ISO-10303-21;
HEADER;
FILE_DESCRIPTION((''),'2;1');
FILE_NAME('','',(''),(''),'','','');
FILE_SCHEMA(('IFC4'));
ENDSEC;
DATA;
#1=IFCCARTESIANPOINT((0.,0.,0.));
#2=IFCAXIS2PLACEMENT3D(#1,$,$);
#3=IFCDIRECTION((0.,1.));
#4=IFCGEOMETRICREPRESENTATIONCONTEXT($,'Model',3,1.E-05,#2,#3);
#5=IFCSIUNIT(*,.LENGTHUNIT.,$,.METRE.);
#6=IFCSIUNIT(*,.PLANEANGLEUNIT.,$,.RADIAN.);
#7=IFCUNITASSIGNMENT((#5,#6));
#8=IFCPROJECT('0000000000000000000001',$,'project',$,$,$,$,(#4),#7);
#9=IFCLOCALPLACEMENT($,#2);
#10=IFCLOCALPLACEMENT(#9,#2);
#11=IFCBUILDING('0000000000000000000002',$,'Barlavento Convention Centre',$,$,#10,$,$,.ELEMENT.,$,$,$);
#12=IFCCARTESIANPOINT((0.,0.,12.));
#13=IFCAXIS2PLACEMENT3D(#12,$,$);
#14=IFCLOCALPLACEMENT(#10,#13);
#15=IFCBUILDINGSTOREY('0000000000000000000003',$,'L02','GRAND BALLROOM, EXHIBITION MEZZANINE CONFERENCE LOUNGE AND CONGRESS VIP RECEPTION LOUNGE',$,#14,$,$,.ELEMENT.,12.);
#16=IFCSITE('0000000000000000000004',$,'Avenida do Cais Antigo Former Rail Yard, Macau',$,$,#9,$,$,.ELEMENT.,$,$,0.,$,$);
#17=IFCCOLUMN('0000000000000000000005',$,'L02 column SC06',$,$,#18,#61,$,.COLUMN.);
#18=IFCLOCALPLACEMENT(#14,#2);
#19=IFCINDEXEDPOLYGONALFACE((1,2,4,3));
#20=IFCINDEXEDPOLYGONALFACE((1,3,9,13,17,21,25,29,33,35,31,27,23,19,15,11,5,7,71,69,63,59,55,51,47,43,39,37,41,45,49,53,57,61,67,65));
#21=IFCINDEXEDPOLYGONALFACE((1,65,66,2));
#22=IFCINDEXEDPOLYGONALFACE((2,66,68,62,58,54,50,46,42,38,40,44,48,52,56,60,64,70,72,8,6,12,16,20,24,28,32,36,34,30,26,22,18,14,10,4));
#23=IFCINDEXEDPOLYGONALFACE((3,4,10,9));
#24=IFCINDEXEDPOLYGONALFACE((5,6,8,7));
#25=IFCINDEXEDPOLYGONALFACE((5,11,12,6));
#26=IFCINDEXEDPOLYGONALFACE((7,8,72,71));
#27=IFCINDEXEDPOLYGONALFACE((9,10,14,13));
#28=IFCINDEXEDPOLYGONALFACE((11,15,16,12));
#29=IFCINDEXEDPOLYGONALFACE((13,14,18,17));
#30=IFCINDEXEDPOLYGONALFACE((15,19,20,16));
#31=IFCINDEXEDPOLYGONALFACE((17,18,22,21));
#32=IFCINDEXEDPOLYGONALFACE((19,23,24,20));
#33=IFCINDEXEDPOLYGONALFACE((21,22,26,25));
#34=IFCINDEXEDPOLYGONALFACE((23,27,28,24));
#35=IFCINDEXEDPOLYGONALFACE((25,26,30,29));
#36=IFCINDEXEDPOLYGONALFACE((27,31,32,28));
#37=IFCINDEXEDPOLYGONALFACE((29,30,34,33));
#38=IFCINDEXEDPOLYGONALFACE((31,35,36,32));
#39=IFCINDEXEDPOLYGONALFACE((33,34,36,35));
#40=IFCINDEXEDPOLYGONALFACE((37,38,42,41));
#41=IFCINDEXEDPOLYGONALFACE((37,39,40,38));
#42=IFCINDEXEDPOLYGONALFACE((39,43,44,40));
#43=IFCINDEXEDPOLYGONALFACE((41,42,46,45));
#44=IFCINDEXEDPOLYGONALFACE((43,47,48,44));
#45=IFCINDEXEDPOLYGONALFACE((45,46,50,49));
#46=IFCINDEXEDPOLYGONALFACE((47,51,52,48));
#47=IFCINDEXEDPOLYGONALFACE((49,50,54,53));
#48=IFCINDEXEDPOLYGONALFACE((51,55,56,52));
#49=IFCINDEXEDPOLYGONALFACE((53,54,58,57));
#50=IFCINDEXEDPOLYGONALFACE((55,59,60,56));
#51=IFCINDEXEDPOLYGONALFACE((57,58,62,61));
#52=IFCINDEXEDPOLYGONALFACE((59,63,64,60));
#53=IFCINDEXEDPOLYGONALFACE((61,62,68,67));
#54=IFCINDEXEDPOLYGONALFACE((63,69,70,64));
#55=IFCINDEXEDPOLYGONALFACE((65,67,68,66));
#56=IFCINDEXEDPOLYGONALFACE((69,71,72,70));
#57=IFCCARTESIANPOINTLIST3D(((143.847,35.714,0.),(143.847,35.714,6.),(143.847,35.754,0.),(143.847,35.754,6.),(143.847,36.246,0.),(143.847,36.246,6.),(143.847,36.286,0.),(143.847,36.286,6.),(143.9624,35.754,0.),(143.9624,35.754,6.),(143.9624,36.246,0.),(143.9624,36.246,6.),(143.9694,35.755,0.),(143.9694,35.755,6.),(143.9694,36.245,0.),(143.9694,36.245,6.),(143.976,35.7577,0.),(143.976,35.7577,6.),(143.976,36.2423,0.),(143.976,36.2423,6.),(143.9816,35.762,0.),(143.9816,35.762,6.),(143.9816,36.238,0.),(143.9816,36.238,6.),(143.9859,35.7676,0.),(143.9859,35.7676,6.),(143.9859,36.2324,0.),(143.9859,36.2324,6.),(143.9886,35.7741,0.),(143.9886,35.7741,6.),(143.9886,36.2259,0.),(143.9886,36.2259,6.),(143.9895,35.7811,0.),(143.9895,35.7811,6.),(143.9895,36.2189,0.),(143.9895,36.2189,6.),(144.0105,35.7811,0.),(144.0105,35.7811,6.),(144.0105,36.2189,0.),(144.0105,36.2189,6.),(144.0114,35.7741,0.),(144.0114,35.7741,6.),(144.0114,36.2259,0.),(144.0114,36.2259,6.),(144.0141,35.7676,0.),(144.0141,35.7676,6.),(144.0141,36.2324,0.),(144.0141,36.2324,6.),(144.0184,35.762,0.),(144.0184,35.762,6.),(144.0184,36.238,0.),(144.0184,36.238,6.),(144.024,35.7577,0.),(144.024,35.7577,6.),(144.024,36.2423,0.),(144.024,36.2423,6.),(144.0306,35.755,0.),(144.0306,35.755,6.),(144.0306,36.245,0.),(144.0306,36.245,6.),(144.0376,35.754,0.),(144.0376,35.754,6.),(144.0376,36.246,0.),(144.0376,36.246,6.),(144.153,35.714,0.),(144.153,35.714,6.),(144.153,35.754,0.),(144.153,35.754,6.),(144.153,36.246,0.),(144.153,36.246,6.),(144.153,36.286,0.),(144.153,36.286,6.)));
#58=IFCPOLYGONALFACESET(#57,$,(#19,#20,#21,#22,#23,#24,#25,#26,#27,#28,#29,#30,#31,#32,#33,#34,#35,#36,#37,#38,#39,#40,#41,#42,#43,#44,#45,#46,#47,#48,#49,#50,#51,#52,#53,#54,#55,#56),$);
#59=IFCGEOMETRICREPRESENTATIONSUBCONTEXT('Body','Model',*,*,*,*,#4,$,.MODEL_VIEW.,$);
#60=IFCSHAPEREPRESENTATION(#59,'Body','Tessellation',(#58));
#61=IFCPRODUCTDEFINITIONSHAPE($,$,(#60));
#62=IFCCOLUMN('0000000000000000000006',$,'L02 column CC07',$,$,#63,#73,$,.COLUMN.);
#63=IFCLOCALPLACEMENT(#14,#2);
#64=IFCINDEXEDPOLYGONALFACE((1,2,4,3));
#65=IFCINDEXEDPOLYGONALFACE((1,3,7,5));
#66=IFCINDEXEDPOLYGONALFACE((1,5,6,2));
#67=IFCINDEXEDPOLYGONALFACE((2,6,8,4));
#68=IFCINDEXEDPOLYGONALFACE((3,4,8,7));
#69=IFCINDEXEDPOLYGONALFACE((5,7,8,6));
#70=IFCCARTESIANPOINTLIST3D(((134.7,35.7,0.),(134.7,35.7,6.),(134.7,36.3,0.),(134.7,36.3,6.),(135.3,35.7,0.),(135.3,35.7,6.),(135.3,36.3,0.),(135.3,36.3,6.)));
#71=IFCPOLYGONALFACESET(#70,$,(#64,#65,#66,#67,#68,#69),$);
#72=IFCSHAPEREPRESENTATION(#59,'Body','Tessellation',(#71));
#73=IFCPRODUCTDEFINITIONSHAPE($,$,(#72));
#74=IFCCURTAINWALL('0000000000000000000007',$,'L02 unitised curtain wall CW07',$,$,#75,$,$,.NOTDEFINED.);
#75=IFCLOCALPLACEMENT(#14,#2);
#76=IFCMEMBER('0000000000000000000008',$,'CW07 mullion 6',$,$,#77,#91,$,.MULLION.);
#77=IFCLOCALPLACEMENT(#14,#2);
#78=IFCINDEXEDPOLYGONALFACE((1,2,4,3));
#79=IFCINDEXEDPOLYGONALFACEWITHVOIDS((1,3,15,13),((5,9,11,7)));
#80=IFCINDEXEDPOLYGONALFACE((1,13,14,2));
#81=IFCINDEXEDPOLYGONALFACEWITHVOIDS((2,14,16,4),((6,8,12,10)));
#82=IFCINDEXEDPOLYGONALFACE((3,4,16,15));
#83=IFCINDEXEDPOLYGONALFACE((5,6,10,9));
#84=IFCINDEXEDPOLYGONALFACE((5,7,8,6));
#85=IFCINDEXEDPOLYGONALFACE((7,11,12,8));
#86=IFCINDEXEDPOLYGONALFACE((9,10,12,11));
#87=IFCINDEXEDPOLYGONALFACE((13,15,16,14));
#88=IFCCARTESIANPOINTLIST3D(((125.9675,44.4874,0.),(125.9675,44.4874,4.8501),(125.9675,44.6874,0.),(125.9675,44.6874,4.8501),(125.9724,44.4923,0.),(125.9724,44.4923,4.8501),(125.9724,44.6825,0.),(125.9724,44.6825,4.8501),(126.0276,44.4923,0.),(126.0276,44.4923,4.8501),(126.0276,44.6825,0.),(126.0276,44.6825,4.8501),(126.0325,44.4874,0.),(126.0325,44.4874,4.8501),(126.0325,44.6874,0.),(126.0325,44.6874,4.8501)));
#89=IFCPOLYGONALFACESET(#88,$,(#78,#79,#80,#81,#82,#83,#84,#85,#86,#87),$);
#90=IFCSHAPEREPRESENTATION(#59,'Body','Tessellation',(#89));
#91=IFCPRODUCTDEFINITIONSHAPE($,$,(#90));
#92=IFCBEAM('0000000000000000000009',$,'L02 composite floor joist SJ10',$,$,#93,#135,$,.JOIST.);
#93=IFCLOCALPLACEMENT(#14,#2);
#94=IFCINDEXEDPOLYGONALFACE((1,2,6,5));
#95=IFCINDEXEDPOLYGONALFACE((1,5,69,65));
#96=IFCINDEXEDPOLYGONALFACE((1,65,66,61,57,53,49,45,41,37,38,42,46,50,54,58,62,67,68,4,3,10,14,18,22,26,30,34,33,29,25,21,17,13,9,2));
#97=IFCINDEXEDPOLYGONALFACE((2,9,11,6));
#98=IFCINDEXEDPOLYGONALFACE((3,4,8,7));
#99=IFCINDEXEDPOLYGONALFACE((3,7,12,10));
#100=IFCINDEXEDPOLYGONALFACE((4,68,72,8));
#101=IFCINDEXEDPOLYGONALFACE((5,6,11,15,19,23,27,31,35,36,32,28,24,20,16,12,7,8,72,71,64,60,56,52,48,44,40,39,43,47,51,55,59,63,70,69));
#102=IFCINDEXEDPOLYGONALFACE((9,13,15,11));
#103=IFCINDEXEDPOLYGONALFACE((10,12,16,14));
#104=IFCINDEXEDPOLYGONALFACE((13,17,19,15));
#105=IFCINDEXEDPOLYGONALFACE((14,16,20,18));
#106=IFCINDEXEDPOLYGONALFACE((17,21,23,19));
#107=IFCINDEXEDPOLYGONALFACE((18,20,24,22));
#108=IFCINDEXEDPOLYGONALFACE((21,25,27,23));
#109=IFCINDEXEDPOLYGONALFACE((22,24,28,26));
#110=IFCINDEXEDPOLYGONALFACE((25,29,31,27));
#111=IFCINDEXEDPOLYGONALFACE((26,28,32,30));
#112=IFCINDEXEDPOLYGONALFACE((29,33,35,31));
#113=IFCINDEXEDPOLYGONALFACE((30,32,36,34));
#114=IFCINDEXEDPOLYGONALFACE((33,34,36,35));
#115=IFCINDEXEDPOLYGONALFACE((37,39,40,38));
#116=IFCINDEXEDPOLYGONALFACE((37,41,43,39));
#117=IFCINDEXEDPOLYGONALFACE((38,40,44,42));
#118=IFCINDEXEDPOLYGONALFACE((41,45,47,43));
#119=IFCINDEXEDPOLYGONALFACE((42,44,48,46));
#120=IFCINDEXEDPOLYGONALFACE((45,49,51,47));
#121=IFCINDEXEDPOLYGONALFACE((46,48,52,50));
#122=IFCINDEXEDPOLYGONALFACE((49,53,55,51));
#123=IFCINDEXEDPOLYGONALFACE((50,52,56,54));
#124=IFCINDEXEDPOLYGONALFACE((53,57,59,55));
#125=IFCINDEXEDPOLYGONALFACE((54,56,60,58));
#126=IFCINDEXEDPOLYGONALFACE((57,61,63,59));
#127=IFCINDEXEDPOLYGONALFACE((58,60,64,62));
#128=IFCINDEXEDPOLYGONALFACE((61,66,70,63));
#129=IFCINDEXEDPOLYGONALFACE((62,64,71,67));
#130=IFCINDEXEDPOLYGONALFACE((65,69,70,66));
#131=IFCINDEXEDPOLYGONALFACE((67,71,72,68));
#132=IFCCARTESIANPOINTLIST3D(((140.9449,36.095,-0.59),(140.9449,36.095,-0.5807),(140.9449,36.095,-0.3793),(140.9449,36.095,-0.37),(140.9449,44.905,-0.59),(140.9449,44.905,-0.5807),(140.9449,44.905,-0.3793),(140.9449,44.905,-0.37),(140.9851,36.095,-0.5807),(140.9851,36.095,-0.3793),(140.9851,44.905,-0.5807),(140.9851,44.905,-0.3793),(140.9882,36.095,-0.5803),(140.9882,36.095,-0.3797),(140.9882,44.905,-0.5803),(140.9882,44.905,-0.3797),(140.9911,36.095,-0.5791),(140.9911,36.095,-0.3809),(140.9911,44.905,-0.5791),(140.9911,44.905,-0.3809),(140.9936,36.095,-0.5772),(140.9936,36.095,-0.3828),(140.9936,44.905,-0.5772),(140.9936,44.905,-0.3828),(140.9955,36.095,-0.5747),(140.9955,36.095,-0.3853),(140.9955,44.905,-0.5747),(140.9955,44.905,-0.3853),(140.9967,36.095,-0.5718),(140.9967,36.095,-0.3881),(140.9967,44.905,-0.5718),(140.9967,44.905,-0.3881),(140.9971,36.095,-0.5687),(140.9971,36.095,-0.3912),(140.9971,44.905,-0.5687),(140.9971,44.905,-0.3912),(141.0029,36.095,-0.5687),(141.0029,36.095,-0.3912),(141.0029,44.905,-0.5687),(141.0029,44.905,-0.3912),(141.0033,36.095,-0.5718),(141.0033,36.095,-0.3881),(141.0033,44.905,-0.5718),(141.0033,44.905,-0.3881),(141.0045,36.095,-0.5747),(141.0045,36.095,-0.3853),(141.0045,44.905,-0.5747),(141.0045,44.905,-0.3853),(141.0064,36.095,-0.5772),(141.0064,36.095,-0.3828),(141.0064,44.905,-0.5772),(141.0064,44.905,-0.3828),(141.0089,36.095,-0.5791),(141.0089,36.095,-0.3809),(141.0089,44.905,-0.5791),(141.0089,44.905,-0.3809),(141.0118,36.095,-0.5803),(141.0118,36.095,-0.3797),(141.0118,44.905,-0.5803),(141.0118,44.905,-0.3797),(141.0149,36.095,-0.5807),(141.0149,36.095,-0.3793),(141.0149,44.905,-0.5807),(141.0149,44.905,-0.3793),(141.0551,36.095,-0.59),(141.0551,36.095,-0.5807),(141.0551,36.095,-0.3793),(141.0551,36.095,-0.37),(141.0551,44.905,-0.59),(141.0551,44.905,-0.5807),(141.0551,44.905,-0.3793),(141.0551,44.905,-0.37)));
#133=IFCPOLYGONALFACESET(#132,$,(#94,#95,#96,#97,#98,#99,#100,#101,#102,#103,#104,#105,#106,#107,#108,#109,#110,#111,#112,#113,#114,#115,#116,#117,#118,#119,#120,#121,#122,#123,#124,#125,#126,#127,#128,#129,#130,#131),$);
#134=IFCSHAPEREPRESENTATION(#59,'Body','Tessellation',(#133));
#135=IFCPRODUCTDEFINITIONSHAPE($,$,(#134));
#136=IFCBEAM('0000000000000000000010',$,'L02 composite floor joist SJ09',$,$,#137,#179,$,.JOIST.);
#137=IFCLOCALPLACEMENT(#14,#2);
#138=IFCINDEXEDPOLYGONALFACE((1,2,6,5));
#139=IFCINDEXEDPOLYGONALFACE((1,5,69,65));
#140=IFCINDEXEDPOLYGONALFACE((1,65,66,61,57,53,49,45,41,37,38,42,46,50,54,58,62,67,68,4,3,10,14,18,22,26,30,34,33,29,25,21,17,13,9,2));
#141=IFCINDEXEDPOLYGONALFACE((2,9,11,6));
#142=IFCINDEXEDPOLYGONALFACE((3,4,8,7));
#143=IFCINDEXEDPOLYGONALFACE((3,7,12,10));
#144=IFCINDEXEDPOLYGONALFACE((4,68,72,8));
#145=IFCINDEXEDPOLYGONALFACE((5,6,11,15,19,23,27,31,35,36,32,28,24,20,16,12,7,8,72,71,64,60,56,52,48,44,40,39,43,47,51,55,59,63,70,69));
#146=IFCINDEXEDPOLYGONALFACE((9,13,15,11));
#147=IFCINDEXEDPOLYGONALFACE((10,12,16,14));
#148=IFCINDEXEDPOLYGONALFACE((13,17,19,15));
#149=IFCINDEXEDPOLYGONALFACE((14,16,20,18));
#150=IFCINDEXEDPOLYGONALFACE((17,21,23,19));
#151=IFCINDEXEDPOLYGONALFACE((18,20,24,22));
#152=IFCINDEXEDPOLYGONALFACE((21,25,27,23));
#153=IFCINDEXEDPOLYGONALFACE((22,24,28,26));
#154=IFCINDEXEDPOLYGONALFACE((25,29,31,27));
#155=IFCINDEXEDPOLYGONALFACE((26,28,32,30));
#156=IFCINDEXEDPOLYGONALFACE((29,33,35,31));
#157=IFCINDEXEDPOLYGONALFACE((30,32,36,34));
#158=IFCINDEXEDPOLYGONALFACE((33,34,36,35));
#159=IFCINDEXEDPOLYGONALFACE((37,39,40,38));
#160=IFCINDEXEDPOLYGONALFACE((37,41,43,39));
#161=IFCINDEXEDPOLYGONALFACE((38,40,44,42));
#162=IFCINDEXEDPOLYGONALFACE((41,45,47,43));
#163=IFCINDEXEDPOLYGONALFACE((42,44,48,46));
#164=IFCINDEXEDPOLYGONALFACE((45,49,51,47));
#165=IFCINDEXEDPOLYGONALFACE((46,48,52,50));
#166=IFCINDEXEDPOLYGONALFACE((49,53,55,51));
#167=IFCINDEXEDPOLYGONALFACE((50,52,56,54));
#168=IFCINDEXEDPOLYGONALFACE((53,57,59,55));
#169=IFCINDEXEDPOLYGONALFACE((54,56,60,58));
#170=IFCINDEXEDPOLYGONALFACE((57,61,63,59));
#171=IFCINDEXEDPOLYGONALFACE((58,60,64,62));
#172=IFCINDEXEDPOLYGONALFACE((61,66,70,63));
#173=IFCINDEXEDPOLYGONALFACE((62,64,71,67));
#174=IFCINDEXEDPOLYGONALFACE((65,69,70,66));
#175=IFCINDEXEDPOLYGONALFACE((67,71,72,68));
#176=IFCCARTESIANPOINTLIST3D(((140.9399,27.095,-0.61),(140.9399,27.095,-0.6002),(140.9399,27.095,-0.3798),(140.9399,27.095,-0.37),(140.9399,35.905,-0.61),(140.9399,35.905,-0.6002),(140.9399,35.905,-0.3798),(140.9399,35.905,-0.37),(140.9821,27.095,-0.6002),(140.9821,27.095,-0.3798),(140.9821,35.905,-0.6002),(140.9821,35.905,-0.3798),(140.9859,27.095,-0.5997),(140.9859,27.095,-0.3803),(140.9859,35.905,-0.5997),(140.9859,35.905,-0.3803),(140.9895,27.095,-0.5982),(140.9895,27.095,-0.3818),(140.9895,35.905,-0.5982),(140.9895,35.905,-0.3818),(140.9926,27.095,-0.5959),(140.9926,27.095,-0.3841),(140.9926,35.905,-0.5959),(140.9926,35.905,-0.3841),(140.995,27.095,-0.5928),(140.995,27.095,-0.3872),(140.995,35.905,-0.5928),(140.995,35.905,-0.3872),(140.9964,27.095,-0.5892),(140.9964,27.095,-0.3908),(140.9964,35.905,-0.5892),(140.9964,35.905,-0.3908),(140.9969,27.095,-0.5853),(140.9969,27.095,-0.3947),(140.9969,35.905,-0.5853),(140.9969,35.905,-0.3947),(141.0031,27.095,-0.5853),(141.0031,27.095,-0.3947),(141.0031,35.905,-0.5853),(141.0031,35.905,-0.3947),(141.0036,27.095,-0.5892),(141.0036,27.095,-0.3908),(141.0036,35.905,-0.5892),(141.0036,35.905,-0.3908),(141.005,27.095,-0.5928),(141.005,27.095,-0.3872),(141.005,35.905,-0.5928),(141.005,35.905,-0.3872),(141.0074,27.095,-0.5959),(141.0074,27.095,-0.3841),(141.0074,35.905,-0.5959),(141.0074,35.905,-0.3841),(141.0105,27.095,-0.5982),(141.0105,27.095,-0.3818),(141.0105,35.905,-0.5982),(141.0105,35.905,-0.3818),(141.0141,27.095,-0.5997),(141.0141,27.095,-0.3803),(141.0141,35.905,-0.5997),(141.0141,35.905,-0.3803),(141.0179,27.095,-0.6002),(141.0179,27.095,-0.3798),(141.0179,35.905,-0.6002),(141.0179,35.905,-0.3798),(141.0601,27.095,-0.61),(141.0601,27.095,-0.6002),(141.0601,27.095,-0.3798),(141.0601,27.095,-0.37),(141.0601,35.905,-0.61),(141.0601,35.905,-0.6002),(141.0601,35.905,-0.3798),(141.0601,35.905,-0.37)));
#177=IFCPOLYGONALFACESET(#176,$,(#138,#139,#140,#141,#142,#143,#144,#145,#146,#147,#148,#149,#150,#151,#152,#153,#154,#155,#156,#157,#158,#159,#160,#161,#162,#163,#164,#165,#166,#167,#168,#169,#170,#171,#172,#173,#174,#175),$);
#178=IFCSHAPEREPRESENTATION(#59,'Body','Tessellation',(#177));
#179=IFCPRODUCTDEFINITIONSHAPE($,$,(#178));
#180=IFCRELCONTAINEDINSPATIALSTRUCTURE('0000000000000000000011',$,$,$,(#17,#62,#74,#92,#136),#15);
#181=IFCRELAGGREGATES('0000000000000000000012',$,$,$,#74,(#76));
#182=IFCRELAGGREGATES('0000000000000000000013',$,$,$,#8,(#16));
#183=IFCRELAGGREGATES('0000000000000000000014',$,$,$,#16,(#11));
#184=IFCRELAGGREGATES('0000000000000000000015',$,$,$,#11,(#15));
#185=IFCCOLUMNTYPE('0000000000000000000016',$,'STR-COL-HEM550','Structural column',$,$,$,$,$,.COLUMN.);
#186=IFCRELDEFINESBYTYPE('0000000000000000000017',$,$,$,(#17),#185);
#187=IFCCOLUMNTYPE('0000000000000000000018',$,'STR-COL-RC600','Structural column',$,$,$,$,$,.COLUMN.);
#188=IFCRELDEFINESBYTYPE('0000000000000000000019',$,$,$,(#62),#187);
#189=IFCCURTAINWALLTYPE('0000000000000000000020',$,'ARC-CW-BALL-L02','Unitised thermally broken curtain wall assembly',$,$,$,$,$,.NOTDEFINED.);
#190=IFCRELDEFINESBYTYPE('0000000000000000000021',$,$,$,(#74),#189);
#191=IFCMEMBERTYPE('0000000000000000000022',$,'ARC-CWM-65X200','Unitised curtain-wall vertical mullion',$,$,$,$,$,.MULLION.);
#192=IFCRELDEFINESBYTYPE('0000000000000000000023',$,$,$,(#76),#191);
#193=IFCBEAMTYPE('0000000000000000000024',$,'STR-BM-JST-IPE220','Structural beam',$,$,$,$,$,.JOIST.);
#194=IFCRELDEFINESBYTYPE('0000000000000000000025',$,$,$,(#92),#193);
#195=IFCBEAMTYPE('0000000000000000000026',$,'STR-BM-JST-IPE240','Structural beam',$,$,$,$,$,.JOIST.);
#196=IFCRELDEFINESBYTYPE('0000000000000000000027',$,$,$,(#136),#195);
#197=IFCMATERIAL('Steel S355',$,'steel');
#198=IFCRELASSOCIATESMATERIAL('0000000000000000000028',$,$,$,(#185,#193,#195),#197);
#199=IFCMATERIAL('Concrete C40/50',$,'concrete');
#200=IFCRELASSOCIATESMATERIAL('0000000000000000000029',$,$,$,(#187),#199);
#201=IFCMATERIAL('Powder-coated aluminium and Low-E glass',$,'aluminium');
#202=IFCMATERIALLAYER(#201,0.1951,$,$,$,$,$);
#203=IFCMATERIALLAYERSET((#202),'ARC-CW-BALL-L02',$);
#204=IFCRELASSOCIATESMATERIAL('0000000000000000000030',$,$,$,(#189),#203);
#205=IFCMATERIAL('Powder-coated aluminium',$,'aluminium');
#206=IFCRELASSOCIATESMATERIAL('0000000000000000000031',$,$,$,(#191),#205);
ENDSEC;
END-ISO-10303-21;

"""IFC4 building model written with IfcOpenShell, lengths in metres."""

from ifc_helpers import new_model, si_unit, direction, frame, origin, origin_2d, place, context, subcontext, project, spatial, rectangle, hollow_rectangle, i_section, extrude, material, layer, layer_set, material_profile, profile_set, type_object, element, aggregate, save


model = new_model("IFC4")

# Units and contexts
model_context = context("Model", 3, precision=1e-05, world=origin(), true_north=direction((0.0, 1.0)))
body_context = subcontext(model_context, "Body", "Model", "MODEL_VIEW")
ifc_project = project(units=[si_unit("LENGTHUNIT", "METRE"), si_unit("PLANEANGLEUNIT", "RADIAN")], contexts=[model_context])

# Site, building, storey
site_placement = place(None, origin())
site = spatial("IfcSite", under=ifc_project, at=site_placement, Name="Avenida do Cais Antigo Former Rail Yard, Macau", CompositionType="ELEMENT", RefElevation=0.0)
building_placement = place(site_placement, origin())
building = spatial("IfcBuilding", under=site, at=building_placement, Name="Barlavento Convention Centre", CompositionType="ELEMENT")
storey_placement = place(building_placement, frame((0.0, 0.0, 12.0)))
storey = spatial("IfcBuildingStorey", under=building, at=storey_placement, Name="L02", Description="GRAND BALLROOM, EXHIBITION MEZZANINE CONFERENCE LOUNGE AND CONGRESS VIP RECEPTION LOUNGE", CompositionType="ELEMENT", Elevation=12.0)

# Columns
ifc_material_1 = material(Name="Steel S355", Category="steel")
ifc_material_profile_1 = material_profile(ifc_material_1, i_section(OverallWidth=0.3059, OverallDepth=0.572, WebThickness=0.021, FlangeThickness=0.04, FilletRadius=0.0271, at=origin_2d()), Name="HEM 550")
ifc_profile_set_1 = profile_set([ifc_material_profile_1], Name="Steel S355")
column_type_1 = type_object("IfcColumnType", Name="STR-COL-HEM550", Description="Structural column", PredefinedType="COLUMN", material=ifc_profile_set_1)
column_1_placement = place(storey_placement, frame((144.0, 36.0, 0.0), z_axis=(0.0, 0.0, 1.0), x_axis=(1.0, 0.0, 0.0)))
element("IfcColumn", 1, at=column_1_placement, inside=storey, type_object=column_type_1, Name="L02 column SC06", PredefinedType="COLUMN", context=body_context, shape_type="SweptSolid", body=[
    extrude(i_section(OverallWidth=0.3059, OverallDepth=0.572, WebThickness=0.021, FlangeThickness=0.04, FilletRadius=0.0271, at=origin_2d()), origin(), (0.0, 0.0, 1.0), 6.0),
])
ifc_material_2 = material(Name="Concrete C40/50", Category="concrete")
ifc_material_profile_2 = material_profile(ifc_material_2, rectangle(XDim=0.6001, YDim=0.6001, at=origin_2d()), Name="RC 600x600")
ifc_profile_set_2 = profile_set([ifc_material_profile_2], Name="Concrete C40/50")
column_type_2 = type_object("IfcColumnType", Name="STR-COL-RC600", Description="Structural column", PredefinedType="COLUMN", material=ifc_profile_set_2)
column_2_placement = place(storey_placement, frame((135.0, 36.0, 0.0), z_axis=(0.0, 0.0, 1.0), x_axis=(1.0, 0.0, 0.0)))
element("IfcColumn", 2, at=column_2_placement, inside=storey, type_object=column_type_2, Name="L02 column CC07", PredefinedType="COLUMN", context=body_context, shape_type="SweptSolid", body=[
    extrude(rectangle(XDim=0.6001, YDim=0.6001, at=origin_2d()), origin(), (0.0, 0.0, 1.0), 6.0),
])

# Curtain wall, member
ifc_material_3 = material(Name="Powder-coated aluminium and Low-E glass", Category="aluminium")
ifc_layer_1 = layer(ifc_material_3, 0.1951)
ifc_layer_set_1 = layer_set([ifc_layer_1], Name="ARC-CW-BALL-L02")
curtain_wall_type = type_object("IfcCurtainWallType", Name="ARC-CW-BALL-L02", Description="Unitised thermally broken curtain wall assembly", PredefinedType="NOTDEFINED", material=ifc_layer_set_1)
curtain_wall_placement = place(storey_placement, origin())
curtain_wall = element("IfcCurtainWall", 3, at=curtain_wall_placement, inside=storey, type_object=curtain_wall_type, Name="L02 unitised curtain wall CW07", PredefinedType="NOTDEFINED")
ifc_material_4 = material(Name="Powder-coated aluminium", Category="aluminium")
ifc_material_profile_3 = material_profile(ifc_material_4, hollow_rectangle(XDim=0.0649, YDim=0.2, WallThickness=0.0049, at=origin_2d()), Name="AL-MULL 65x200x5")
ifc_profile_set_3 = profile_set([ifc_material_profile_3], Name="Powder-coated aluminium")
member_type = type_object("IfcMemberType", Name="ARC-CWM-65X200", Description="Unitised curtain-wall vertical mullion", PredefinedType="MULLION", material=ifc_profile_set_3)
member_placement = place(storey_placement, frame((126.0, 44.5874, 0.0), z_axis=(0.0, 0.0, 1.0), x_axis=(-1.0, 0.0, 0.0)))
member = element("IfcMember", 4, at=member_placement, type_object=member_type, Name="CW07 mullion 6", PredefinedType="MULLION", context=body_context, shape_type="SweptSolid", body=[
    extrude(hollow_rectangle(XDim=0.0649, YDim=0.2, WallThickness=0.0049, at=origin_2d()), origin(), (0.0, 0.0, 1.0), 4.8501),
])

# Beams
ifc_material_profile_4 = material_profile(ifc_material_1, i_section(OverallWidth=0.1101, OverallDepth=0.22, WebThickness=0.0059, FlangeThickness=0.0093, FilletRadius=0.012, at=origin_2d()), Name="IPE 220")
ifc_profile_set_4 = profile_set([ifc_material_profile_4], Name="Steel S355")
beam_type_1 = type_object("IfcBeamType", Name="STR-BM-JST-IPE220", Description="Structural beam", PredefinedType="JOIST", material=ifc_profile_set_4)
beam_1_placement = place(storey_placement, frame((141.0, 36.095, -0.48), z_axis=(0.0, 1.0, 0.0), x_axis=(-1.0, 0.0, 0.0)))
element("IfcBeam", 5, at=beam_1_placement, inside=storey, type_object=beam_type_1, Name="L02 composite floor joist SJ10", PredefinedType="JOIST", context=body_context, shape_type="SweptSolid", body=[
    extrude(i_section(OverallWidth=0.1101, OverallDepth=0.22, WebThickness=0.0059, FlangeThickness=0.0093, FilletRadius=0.012, at=origin_2d()), origin(), (0.0, 0.0, 1.0), 8.8101),
])
ifc_material_profile_5 = material_profile(ifc_material_1, i_section(OverallWidth=0.1201, OverallDepth=0.24, WebThickness=0.0061, FlangeThickness=0.0098, FilletRadius=0.0149, at=origin_2d()), Name="IPE 240")
ifc_profile_set_5 = profile_set([ifc_material_profile_5], Name="Steel S355")
beam_type_2 = type_object("IfcBeamType", Name="STR-BM-JST-IPE240", Description="Structural beam", PredefinedType="JOIST", material=ifc_profile_set_5)
for number, where, z_axis, x_axis, name in (
    (6, (141.0, 27.095, -0.49), (0.0, 1.0, 0.0), (-1.0, 0.0, 0.0), "L02 composite floor joist SJ09"),
):
    element("IfcBeam", number, at=place(storey_placement, frame(where, z_axis=z_axis, x_axis=x_axis)), inside=storey, type_object=beam_type_2, Name=name, PredefinedType="JOIST", context=body_context, shape_type="SweptSolid", body=[
        extrude(i_section(OverallWidth=0.1201, OverallDepth=0.24, WebThickness=0.0061, FlangeThickness=0.0098, FilletRadius=0.0149, at=origin_2d()), origin(), (0.0, 0.0, 1.0), 8.8101),
    ])

aggregate(curtain_wall, [member])

save(model, "model.ifc")
